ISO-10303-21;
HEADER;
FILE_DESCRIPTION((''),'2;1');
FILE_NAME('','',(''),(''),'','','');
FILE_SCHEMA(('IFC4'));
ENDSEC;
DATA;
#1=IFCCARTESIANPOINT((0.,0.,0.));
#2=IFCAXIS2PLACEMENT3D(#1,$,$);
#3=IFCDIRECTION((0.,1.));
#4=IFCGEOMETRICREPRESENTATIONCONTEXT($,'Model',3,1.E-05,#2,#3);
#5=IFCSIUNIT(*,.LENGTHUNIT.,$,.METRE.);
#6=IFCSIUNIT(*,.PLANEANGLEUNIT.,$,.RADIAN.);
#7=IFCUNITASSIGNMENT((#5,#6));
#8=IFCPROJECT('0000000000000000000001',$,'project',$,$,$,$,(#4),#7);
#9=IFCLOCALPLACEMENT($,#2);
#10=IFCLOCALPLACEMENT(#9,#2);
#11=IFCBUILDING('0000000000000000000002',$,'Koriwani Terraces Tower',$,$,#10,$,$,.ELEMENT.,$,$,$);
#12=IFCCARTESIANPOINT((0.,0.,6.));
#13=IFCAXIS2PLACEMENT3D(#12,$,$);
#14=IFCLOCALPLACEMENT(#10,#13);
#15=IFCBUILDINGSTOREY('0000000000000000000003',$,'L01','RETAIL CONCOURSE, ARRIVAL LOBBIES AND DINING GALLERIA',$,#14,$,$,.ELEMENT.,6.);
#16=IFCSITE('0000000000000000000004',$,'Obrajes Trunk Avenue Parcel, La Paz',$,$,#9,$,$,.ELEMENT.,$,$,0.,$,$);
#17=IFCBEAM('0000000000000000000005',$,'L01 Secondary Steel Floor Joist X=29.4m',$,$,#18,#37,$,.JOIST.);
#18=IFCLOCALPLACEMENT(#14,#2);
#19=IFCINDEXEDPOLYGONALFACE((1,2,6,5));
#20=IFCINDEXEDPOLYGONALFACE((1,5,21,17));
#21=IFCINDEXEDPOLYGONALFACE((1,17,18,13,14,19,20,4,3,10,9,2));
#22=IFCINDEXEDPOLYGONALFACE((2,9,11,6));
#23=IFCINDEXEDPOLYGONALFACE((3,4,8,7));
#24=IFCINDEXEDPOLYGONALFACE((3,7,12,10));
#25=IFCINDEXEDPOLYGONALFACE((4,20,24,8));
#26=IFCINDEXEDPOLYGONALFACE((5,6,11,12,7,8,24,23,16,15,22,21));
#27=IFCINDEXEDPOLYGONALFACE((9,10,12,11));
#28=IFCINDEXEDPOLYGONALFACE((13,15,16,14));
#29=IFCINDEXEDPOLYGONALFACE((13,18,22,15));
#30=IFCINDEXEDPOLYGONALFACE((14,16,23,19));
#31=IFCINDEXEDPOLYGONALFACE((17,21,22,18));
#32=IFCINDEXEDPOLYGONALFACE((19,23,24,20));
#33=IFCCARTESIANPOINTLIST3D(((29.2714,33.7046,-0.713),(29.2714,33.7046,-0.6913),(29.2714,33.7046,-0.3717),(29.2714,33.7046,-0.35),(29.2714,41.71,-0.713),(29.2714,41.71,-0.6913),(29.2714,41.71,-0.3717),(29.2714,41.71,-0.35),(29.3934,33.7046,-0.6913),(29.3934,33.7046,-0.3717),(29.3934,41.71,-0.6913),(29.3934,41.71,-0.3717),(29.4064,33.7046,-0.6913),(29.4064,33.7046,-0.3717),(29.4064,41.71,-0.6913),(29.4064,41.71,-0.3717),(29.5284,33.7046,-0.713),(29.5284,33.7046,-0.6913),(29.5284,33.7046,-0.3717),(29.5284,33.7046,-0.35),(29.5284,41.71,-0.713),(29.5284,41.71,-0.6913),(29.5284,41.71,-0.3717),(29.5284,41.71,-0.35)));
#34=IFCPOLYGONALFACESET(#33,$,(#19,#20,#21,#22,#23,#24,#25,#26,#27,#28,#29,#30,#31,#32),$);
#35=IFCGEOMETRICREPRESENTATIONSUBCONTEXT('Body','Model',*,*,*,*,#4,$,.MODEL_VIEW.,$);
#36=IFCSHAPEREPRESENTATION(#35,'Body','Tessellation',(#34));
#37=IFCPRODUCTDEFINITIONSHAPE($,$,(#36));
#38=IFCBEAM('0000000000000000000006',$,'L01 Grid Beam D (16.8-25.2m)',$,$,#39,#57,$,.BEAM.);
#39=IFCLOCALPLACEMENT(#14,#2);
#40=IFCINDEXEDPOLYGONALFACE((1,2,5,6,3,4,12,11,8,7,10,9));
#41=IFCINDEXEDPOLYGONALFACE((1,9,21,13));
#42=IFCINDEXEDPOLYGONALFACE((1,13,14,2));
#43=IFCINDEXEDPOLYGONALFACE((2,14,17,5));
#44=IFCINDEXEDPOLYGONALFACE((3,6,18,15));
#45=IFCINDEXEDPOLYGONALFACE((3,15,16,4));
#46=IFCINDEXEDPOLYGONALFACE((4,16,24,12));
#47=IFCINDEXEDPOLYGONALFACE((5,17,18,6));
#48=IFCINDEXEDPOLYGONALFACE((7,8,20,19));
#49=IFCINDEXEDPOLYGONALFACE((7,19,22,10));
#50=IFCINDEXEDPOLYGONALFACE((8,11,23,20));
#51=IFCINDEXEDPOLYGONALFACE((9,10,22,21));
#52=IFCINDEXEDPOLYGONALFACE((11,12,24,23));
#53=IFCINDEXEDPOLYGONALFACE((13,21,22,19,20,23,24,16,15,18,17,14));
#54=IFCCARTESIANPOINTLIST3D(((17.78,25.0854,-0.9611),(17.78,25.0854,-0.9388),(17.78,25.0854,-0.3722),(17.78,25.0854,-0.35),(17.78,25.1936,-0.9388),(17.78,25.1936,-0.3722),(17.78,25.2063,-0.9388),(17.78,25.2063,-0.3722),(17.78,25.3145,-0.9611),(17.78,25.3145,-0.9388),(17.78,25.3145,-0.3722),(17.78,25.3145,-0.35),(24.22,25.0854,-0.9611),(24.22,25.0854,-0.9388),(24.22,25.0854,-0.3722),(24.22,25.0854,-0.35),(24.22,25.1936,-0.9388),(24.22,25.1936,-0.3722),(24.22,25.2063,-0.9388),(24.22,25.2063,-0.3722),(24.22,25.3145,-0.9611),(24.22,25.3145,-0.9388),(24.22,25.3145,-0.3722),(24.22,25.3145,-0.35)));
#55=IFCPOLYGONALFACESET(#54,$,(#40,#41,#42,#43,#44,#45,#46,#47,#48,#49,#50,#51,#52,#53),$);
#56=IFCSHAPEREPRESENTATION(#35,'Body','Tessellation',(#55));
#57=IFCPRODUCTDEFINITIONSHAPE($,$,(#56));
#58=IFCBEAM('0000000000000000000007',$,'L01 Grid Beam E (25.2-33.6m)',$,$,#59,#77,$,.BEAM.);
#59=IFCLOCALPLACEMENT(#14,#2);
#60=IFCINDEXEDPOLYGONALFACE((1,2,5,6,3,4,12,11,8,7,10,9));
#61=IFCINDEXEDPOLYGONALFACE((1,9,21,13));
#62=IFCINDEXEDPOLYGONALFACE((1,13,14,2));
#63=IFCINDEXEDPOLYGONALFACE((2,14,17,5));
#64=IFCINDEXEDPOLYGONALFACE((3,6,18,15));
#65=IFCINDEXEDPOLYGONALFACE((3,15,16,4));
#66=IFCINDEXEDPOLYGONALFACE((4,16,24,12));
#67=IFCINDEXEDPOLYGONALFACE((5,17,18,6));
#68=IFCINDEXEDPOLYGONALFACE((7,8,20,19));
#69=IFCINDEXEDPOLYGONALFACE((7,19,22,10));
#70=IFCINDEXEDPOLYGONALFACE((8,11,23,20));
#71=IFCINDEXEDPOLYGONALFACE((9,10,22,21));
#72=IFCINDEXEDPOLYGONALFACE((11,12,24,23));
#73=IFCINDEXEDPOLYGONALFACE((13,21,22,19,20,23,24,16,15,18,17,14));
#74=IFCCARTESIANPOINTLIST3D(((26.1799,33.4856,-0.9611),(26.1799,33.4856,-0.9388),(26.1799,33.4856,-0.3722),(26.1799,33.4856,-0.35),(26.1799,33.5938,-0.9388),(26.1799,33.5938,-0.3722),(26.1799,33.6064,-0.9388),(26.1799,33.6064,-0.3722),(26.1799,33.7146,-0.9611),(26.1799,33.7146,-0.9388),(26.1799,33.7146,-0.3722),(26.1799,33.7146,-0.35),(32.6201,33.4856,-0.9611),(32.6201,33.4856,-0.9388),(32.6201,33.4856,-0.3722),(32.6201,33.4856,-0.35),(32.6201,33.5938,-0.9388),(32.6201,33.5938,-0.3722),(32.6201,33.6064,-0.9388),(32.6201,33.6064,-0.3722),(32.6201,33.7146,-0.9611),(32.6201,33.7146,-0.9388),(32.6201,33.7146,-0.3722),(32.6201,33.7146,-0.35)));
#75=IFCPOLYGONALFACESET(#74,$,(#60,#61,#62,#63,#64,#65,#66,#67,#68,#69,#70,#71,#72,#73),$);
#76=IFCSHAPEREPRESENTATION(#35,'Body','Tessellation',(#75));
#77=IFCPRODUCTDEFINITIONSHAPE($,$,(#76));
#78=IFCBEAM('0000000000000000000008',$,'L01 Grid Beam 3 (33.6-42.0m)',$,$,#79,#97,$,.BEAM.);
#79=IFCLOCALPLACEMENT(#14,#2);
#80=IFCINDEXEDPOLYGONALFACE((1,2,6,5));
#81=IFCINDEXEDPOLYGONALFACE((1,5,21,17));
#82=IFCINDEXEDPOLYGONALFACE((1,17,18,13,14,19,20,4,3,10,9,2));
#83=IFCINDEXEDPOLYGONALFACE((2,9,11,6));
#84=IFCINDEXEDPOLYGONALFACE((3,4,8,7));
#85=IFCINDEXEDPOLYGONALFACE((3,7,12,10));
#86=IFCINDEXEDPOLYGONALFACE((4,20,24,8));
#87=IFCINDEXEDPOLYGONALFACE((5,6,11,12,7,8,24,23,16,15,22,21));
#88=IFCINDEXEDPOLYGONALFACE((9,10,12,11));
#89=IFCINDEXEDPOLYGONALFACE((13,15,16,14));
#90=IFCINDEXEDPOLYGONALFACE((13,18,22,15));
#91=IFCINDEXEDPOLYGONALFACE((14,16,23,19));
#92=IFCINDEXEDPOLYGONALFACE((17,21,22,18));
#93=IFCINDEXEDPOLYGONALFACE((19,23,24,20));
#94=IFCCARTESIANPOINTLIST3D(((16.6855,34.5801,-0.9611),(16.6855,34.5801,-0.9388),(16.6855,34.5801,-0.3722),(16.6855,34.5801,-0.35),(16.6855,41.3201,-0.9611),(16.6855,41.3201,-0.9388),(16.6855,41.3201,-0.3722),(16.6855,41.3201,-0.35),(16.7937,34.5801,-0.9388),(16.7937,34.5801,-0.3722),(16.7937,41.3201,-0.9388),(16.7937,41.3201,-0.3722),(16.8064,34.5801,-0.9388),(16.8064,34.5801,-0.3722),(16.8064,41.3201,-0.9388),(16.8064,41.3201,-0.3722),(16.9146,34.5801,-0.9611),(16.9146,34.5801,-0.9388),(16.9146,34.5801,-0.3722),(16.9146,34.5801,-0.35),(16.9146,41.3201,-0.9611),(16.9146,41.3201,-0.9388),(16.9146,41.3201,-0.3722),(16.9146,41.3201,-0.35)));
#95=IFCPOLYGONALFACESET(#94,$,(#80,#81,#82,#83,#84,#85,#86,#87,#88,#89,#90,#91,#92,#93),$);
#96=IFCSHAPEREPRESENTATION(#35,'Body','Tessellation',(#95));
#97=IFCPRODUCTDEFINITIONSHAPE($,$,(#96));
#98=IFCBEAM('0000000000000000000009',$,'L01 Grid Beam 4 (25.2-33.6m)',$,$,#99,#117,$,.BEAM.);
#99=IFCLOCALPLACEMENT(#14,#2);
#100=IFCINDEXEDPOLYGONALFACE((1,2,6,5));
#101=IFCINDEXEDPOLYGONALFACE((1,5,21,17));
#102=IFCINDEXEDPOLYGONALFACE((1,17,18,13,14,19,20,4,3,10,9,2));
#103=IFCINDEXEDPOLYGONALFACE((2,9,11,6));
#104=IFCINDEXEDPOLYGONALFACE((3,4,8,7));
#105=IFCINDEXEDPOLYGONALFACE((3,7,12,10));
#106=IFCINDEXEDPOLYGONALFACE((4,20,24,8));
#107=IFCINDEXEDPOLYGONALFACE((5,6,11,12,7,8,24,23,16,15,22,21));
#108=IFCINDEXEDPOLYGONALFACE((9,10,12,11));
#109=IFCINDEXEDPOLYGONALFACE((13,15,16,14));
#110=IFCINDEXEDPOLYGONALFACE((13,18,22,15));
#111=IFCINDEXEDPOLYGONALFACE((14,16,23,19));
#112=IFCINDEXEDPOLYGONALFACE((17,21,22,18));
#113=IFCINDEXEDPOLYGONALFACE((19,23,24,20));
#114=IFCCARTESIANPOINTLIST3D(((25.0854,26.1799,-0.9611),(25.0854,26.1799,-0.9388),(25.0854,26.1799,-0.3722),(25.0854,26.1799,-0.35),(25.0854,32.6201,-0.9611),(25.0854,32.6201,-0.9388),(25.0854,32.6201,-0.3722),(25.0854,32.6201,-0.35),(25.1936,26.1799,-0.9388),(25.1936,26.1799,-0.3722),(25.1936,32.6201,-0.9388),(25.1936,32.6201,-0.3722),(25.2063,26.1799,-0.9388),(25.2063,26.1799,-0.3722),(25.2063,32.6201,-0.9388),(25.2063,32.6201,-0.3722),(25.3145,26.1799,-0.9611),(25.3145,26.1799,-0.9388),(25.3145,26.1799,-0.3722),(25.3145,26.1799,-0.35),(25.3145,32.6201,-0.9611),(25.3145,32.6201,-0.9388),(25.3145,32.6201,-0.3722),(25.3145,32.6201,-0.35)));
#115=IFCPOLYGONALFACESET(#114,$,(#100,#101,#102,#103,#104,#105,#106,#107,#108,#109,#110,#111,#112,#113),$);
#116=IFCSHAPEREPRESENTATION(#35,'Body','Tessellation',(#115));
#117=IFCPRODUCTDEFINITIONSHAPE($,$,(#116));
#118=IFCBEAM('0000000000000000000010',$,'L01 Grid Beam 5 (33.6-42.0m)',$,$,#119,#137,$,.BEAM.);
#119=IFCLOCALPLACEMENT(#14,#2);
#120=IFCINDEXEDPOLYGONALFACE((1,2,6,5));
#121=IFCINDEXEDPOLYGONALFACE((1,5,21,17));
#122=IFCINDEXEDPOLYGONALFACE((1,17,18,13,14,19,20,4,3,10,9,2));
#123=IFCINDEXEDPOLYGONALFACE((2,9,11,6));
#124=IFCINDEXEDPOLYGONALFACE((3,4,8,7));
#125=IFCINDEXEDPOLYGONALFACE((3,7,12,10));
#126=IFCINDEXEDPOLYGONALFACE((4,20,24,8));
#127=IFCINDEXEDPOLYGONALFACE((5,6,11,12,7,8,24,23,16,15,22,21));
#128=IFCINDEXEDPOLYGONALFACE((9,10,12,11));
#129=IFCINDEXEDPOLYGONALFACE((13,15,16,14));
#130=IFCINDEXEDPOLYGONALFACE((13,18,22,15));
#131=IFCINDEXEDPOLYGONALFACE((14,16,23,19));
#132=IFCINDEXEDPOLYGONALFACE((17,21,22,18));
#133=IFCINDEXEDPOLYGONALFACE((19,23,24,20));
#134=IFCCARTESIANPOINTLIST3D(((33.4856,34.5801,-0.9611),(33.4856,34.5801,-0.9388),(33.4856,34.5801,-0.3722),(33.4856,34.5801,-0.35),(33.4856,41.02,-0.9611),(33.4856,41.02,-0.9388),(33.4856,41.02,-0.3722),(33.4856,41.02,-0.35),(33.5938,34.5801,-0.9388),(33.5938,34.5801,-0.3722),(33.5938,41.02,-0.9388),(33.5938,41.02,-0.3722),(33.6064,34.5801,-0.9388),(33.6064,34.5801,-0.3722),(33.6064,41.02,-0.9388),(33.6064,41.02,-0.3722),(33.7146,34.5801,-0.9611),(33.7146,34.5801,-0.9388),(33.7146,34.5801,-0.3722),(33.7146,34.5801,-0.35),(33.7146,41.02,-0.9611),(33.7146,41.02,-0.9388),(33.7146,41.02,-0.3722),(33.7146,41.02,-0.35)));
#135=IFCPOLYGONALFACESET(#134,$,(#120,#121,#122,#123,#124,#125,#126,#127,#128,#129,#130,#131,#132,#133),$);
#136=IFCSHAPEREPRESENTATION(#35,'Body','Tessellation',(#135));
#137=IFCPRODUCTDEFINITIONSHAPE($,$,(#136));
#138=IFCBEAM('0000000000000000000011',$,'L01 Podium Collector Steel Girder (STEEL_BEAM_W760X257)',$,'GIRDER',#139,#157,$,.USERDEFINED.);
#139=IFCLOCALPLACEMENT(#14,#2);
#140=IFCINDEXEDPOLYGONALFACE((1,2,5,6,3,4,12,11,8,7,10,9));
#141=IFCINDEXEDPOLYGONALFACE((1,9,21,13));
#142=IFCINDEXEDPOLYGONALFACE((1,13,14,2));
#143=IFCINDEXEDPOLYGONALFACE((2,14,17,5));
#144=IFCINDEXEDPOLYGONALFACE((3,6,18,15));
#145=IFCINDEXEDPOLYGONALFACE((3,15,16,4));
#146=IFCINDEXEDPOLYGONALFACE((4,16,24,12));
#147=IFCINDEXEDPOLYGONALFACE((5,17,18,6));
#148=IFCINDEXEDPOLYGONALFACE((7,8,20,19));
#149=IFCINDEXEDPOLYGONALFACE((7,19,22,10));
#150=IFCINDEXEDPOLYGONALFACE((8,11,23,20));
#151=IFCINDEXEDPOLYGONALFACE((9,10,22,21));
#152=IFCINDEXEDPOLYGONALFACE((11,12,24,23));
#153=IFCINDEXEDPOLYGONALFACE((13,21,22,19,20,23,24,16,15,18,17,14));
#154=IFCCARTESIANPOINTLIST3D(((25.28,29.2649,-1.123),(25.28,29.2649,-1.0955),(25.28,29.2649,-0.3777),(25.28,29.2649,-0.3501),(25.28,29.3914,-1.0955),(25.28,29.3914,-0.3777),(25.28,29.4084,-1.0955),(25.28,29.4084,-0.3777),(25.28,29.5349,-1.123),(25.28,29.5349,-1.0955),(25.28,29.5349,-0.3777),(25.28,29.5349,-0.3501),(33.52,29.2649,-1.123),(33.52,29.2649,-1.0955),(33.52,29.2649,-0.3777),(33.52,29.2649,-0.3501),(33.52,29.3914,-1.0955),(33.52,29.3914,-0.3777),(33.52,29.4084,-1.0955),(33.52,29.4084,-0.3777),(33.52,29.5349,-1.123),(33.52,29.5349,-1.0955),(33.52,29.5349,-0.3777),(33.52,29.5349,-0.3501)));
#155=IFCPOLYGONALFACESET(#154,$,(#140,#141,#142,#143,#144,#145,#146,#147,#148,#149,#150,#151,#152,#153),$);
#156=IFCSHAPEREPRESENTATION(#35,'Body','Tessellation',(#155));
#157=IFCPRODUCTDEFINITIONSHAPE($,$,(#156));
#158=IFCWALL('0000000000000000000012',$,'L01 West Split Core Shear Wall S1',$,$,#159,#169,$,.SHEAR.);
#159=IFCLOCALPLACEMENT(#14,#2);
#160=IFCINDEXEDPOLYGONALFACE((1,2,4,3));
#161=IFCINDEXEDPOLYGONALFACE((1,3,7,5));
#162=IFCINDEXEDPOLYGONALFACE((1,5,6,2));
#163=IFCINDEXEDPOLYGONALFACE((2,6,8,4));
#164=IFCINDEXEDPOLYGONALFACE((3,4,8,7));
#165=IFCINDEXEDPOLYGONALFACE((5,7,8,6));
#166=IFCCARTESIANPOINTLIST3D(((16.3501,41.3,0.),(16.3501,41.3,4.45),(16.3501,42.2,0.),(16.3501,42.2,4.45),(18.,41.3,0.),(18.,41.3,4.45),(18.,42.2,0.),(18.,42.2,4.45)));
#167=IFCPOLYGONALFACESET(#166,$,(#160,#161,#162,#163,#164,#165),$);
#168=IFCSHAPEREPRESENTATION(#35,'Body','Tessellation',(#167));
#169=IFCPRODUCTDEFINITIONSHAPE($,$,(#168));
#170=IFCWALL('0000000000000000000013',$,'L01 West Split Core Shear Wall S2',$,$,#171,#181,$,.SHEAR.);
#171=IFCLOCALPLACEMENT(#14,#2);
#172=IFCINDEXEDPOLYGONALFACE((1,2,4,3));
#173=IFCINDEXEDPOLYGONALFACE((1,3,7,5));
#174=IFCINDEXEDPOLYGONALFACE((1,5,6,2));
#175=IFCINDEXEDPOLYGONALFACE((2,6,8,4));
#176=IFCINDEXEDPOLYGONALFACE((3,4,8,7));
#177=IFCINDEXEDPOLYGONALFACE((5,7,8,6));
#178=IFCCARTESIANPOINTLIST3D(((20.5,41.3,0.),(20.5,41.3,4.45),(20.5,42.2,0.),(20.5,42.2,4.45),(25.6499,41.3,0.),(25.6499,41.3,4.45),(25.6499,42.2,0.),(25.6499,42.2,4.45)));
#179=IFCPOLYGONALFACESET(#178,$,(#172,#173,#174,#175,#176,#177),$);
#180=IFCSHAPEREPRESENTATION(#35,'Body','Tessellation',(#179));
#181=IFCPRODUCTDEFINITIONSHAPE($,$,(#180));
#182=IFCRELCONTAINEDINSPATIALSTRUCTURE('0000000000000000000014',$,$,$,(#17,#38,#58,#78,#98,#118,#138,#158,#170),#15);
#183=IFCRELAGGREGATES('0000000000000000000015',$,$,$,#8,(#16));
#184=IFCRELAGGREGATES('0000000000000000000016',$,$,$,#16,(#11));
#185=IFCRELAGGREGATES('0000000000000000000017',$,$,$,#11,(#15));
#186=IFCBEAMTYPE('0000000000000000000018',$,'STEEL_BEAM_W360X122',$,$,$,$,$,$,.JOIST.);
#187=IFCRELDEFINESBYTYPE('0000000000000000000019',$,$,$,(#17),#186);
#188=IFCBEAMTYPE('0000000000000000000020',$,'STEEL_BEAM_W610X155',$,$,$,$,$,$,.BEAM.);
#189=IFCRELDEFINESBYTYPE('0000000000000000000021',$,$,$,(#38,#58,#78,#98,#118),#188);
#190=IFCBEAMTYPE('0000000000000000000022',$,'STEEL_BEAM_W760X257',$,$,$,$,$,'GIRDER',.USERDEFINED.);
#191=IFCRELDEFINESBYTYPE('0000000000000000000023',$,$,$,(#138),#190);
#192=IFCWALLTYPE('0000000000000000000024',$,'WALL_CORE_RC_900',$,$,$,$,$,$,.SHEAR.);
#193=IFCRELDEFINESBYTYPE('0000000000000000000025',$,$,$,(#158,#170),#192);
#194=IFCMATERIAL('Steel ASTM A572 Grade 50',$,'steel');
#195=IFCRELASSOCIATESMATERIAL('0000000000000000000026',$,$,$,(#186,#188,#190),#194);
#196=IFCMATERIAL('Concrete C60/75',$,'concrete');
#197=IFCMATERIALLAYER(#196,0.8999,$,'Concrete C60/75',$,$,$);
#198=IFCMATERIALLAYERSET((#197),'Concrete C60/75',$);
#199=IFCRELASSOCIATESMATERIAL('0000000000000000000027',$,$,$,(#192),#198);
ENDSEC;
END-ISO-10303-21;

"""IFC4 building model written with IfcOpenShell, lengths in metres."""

from ifc_helpers import new_model, si_unit, direction, frame, frame_2d, origin, origin_2d, place, context, subcontext, project, spatial, rectangle, i_section, extrude, material, layer, layer_set, material_profile, profile_set, type_object, element, save


model = new_model("IFC4")

# Units and contexts
model_context = context("Model", 3, precision=1e-05, world=origin(), true_north=direction((0.0, 1.0)))
body_context = subcontext(model_context, "Body", "Model", "MODEL_VIEW")
ifc_project = project(units=[si_unit("LENGTHUNIT", "METRE"), si_unit("PLANEANGLEUNIT", "RADIAN")], contexts=[model_context])

# Site, building, storey
site_placement = place(None, origin())
site = spatial("IfcSite", under=ifc_project, at=site_placement, Name="Obrajes Trunk Avenue Parcel, La Paz", CompositionType="ELEMENT", RefElevation=0.0)
building_placement = place(site_placement, origin())
building = spatial("IfcBuilding", under=site, at=building_placement, Name="Koriwani Terraces Tower", CompositionType="ELEMENT")
storey_placement = place(building_placement, frame((0.0, 0.0, 6.0)))
storey = spatial("IfcBuildingStorey", under=building, at=storey_placement, Name="L01", Description="RETAIL CONCOURSE, ARRIVAL LOBBIES AND DINING GALLERIA", CompositionType="ELEMENT", Elevation=6.0)

# Shared definitions
ifc_material_1 = material(Name="Concrete C60/75", Category="concrete")

# Beams
ifc_material_2 = material(Name="Steel ASTM A572 Grade 50", Category="steel")
ifc_material_profile_1 = material_profile(ifc_material_2, i_section(OverallWidth=0.2571, OverallDepth=0.363, WebThickness=0.0129, FlangeThickness=0.0217, at=origin_2d()), Name="Steel ASTM A572 Grade 50", Category="LoadBearing")
ifc_profile_set_1 = profile_set([ifc_material_profile_1], Name="Steel ASTM A572 Grade 50")
beam_type_1 = type_object("IfcBeamType", Name="STEEL_BEAM_W360X122", PredefinedType="JOIST", material=ifc_profile_set_1)
beam_1_placement = place(storey_placement, frame((29.3999, 33.7046, -0.5315), z_axis=(0.0, 1.0, 0.0), x_axis=(-1.0, 0.0, 0.0)))
element("IfcBeam", 1, at=beam_1_placement, inside=storey, type_object=beam_type_1, Name="L01 Secondary Steel Floor Joist X=29.4m", PredefinedType="JOIST", context=body_context, shape_type="SweptSolid", body=[
    extrude(i_section(OverallWidth=0.2571, OverallDepth=0.363, WebThickness=0.0129, FlangeThickness=0.0217, at=origin_2d()), origin(), (0.0, 0.0, 1.0), 8.0054),
])
ifc_material_profile_2 = material_profile(ifc_material_2, i_section(OverallWidth=0.229, OverallDepth=0.6111, WebThickness=0.0127, FlangeThickness=0.0222, at=origin_2d()), Name="Steel ASTM A572 Grade 50", Category="LoadBearing")
ifc_profile_set_2 = profile_set([ifc_material_profile_2], Name="Steel ASTM A572 Grade 50")
beam_type_2 = type_object("IfcBeamType", Name="STEEL_BEAM_W610X155", PredefinedType="BEAM", material=ifc_profile_set_2)
beam_2_placement = place(storey_placement, frame((17.78, 25.2, -0.6555), z_axis=(1.0, 0.0, 0.0), x_axis=(0.0, 1.0, 0.0)))
element("IfcBeam", 2, at=beam_2_placement, inside=storey, type_object=beam_type_2, Name="L01 Grid Beam D (16.8-25.2m)", PredefinedType="BEAM", context=body_context, shape_type="SweptSolid", body=[
    extrude(i_section(OverallWidth=0.229, OverallDepth=0.6111, WebThickness=0.0127, FlangeThickness=0.0222, at=origin_2d()), origin(), (0.0, 0.0, 1.0), 6.4399),
])
beam_3_placement = place(storey_placement, frame((26.1799, 33.6001, -0.6555), z_axis=(1.0, 0.0, 0.0), x_axis=(0.0, 1.0, 0.0)))
element("IfcBeam", 3, at=beam_3_placement, inside=storey, type_object=beam_type_2, Name="L01 Grid Beam E (25.2-33.6m)", PredefinedType="BEAM", context=body_context, shape_type="SweptSolid", body=[
    extrude(i_section(OverallWidth=0.229, OverallDepth=0.6111, WebThickness=0.0127, FlangeThickness=0.0222, at=origin_2d()), origin(), (0.0, 0.0, 1.0), 6.4402),
])
beam_4_placement = place(storey_placement, frame((16.8, 34.5801, -0.6555), z_axis=(0.0, 1.0, 0.0), x_axis=(-1.0, 0.0, 0.0)))
element("IfcBeam", 4, at=beam_4_placement, inside=storey, type_object=beam_type_2, Name="L01 Grid Beam 3 (33.6-42.0m)", PredefinedType="BEAM", context=body_context, shape_type="SweptSolid", body=[
    extrude(i_section(OverallWidth=0.229, OverallDepth=0.6111, WebThickness=0.0127, FlangeThickness=0.0222, at=origin_2d()), origin(), (0.0, 0.0, 1.0), 6.74),
])
beam_5_placement = place(storey_placement, frame((25.2, 26.1799, -0.6555), z_axis=(0.0, 1.0, 0.0), x_axis=(-1.0, 0.0, 0.0)))
element("IfcBeam", 5, at=beam_5_placement, inside=storey, type_object=beam_type_2, Name="L01 Grid Beam 4 (25.2-33.6m)", PredefinedType="BEAM", context=body_context, shape_type="SweptSolid", body=[
    extrude(i_section(OverallWidth=0.229, OverallDepth=0.6111, WebThickness=0.0127, FlangeThickness=0.0222, at=origin_2d()), origin(), (0.0, 0.0, 1.0), 6.4402),
])
beam_6_placement = place(storey_placement, frame((33.6001, 34.5801, -0.6555), z_axis=(0.0, 1.0, 0.0), x_axis=(-1.0, 0.0, 0.0)))
element("IfcBeam", 6, at=beam_6_placement, inside=storey, type_object=beam_type_2, Name="L01 Grid Beam 5 (33.6-42.0m)", PredefinedType="BEAM", context=body_context, shape_type="SweptSolid", body=[
    extrude(i_section(OverallWidth=0.229, OverallDepth=0.6111, WebThickness=0.0127, FlangeThickness=0.0222, at=origin_2d()), origin(), (0.0, 0.0, 1.0), 6.4399),
])
ifc_material_profile_3 = material_profile(ifc_material_2, i_section(OverallWidth=0.27, OverallDepth=0.7729, WebThickness=0.0171, FlangeThickness=0.0276, at=origin_2d()), Name="Steel ASTM A572 Grade 50", Category="LoadBearing")
ifc_profile_set_3 = profile_set([ifc_material_profile_3], Name="Steel ASTM A572 Grade 50")
beam_type_3 = type_object("IfcBeamType", Name="STEEL_BEAM_W760X257", ElementType="GIRDER", PredefinedType="USERDEFINED", material=ifc_profile_set_3)
beam_7_placement = place(storey_placement, frame((25.28, 29.3999, -0.7366), z_axis=(1.0, 0.0, 0.0), x_axis=(0.0, 1.0, 0.0)))
element("IfcBeam", 7, at=beam_7_placement, inside=storey, type_object=beam_type_3, Name="L01 Podium Collector Steel Girder (STEEL_BEAM_W760X257)", ObjectType="GIRDER", PredefinedType="USERDEFINED", context=body_context, shape_type="SweptSolid", body=[
    extrude(i_section(OverallWidth=0.27, OverallDepth=0.7729, WebThickness=0.0171, FlangeThickness=0.0276, at=origin_2d()), origin(), (0.0, 0.0, 1.0), 8.24),
])

# Walls
ifc_layer_1 = layer(ifc_material_1, 0.8999, Name="Concrete C60/75")
ifc_layer_set_1 = layer_set([ifc_layer_1], Name="Concrete C60/75")
wall_type_1 = type_object("IfcWallType", Name="WALL_CORE_RC_900", PredefinedType="SHEAR", material=ifc_layer_set_1)
wall_1_placement = place(storey_placement, frame((16.3501, 41.75, 0.0), z_axis=(0.0, 0.0, 1.0), x_axis=(1.0, 0.0, 0.0)))
element("IfcWall", 8, at=wall_1_placement, inside=storey, type_object=wall_type_1, Name="L01 West Split Core Shear Wall S1", PredefinedType="SHEAR", context=body_context, shape_type="SweptSolid", body=[
    extrude(rectangle(XDim=1.6499, YDim=0.8999, at=frame_2d((0.825, 0.0))), origin(), (0.0, 0.0, 1.0), 4.45),
])
wall_2_placement = place(storey_placement, frame((20.5, 41.75, 0.0), z_axis=(0.0, 0.0, 1.0), x_axis=(1.0, 0.0, 0.0)))
element("IfcWall", 9, at=wall_2_placement, inside=storey, type_object=wall_type_1, Name="L01 West Split Core Shear Wall S2", PredefinedType="SHEAR", context=body_context, shape_type="SweptSolid", body=[
    extrude(rectangle(XDim=5.1499, YDim=0.8999, at=frame_2d((2.575, 0.0))), origin(), (0.0, 0.0, 1.0), 4.45),
])

save(model, "model.ifc")
